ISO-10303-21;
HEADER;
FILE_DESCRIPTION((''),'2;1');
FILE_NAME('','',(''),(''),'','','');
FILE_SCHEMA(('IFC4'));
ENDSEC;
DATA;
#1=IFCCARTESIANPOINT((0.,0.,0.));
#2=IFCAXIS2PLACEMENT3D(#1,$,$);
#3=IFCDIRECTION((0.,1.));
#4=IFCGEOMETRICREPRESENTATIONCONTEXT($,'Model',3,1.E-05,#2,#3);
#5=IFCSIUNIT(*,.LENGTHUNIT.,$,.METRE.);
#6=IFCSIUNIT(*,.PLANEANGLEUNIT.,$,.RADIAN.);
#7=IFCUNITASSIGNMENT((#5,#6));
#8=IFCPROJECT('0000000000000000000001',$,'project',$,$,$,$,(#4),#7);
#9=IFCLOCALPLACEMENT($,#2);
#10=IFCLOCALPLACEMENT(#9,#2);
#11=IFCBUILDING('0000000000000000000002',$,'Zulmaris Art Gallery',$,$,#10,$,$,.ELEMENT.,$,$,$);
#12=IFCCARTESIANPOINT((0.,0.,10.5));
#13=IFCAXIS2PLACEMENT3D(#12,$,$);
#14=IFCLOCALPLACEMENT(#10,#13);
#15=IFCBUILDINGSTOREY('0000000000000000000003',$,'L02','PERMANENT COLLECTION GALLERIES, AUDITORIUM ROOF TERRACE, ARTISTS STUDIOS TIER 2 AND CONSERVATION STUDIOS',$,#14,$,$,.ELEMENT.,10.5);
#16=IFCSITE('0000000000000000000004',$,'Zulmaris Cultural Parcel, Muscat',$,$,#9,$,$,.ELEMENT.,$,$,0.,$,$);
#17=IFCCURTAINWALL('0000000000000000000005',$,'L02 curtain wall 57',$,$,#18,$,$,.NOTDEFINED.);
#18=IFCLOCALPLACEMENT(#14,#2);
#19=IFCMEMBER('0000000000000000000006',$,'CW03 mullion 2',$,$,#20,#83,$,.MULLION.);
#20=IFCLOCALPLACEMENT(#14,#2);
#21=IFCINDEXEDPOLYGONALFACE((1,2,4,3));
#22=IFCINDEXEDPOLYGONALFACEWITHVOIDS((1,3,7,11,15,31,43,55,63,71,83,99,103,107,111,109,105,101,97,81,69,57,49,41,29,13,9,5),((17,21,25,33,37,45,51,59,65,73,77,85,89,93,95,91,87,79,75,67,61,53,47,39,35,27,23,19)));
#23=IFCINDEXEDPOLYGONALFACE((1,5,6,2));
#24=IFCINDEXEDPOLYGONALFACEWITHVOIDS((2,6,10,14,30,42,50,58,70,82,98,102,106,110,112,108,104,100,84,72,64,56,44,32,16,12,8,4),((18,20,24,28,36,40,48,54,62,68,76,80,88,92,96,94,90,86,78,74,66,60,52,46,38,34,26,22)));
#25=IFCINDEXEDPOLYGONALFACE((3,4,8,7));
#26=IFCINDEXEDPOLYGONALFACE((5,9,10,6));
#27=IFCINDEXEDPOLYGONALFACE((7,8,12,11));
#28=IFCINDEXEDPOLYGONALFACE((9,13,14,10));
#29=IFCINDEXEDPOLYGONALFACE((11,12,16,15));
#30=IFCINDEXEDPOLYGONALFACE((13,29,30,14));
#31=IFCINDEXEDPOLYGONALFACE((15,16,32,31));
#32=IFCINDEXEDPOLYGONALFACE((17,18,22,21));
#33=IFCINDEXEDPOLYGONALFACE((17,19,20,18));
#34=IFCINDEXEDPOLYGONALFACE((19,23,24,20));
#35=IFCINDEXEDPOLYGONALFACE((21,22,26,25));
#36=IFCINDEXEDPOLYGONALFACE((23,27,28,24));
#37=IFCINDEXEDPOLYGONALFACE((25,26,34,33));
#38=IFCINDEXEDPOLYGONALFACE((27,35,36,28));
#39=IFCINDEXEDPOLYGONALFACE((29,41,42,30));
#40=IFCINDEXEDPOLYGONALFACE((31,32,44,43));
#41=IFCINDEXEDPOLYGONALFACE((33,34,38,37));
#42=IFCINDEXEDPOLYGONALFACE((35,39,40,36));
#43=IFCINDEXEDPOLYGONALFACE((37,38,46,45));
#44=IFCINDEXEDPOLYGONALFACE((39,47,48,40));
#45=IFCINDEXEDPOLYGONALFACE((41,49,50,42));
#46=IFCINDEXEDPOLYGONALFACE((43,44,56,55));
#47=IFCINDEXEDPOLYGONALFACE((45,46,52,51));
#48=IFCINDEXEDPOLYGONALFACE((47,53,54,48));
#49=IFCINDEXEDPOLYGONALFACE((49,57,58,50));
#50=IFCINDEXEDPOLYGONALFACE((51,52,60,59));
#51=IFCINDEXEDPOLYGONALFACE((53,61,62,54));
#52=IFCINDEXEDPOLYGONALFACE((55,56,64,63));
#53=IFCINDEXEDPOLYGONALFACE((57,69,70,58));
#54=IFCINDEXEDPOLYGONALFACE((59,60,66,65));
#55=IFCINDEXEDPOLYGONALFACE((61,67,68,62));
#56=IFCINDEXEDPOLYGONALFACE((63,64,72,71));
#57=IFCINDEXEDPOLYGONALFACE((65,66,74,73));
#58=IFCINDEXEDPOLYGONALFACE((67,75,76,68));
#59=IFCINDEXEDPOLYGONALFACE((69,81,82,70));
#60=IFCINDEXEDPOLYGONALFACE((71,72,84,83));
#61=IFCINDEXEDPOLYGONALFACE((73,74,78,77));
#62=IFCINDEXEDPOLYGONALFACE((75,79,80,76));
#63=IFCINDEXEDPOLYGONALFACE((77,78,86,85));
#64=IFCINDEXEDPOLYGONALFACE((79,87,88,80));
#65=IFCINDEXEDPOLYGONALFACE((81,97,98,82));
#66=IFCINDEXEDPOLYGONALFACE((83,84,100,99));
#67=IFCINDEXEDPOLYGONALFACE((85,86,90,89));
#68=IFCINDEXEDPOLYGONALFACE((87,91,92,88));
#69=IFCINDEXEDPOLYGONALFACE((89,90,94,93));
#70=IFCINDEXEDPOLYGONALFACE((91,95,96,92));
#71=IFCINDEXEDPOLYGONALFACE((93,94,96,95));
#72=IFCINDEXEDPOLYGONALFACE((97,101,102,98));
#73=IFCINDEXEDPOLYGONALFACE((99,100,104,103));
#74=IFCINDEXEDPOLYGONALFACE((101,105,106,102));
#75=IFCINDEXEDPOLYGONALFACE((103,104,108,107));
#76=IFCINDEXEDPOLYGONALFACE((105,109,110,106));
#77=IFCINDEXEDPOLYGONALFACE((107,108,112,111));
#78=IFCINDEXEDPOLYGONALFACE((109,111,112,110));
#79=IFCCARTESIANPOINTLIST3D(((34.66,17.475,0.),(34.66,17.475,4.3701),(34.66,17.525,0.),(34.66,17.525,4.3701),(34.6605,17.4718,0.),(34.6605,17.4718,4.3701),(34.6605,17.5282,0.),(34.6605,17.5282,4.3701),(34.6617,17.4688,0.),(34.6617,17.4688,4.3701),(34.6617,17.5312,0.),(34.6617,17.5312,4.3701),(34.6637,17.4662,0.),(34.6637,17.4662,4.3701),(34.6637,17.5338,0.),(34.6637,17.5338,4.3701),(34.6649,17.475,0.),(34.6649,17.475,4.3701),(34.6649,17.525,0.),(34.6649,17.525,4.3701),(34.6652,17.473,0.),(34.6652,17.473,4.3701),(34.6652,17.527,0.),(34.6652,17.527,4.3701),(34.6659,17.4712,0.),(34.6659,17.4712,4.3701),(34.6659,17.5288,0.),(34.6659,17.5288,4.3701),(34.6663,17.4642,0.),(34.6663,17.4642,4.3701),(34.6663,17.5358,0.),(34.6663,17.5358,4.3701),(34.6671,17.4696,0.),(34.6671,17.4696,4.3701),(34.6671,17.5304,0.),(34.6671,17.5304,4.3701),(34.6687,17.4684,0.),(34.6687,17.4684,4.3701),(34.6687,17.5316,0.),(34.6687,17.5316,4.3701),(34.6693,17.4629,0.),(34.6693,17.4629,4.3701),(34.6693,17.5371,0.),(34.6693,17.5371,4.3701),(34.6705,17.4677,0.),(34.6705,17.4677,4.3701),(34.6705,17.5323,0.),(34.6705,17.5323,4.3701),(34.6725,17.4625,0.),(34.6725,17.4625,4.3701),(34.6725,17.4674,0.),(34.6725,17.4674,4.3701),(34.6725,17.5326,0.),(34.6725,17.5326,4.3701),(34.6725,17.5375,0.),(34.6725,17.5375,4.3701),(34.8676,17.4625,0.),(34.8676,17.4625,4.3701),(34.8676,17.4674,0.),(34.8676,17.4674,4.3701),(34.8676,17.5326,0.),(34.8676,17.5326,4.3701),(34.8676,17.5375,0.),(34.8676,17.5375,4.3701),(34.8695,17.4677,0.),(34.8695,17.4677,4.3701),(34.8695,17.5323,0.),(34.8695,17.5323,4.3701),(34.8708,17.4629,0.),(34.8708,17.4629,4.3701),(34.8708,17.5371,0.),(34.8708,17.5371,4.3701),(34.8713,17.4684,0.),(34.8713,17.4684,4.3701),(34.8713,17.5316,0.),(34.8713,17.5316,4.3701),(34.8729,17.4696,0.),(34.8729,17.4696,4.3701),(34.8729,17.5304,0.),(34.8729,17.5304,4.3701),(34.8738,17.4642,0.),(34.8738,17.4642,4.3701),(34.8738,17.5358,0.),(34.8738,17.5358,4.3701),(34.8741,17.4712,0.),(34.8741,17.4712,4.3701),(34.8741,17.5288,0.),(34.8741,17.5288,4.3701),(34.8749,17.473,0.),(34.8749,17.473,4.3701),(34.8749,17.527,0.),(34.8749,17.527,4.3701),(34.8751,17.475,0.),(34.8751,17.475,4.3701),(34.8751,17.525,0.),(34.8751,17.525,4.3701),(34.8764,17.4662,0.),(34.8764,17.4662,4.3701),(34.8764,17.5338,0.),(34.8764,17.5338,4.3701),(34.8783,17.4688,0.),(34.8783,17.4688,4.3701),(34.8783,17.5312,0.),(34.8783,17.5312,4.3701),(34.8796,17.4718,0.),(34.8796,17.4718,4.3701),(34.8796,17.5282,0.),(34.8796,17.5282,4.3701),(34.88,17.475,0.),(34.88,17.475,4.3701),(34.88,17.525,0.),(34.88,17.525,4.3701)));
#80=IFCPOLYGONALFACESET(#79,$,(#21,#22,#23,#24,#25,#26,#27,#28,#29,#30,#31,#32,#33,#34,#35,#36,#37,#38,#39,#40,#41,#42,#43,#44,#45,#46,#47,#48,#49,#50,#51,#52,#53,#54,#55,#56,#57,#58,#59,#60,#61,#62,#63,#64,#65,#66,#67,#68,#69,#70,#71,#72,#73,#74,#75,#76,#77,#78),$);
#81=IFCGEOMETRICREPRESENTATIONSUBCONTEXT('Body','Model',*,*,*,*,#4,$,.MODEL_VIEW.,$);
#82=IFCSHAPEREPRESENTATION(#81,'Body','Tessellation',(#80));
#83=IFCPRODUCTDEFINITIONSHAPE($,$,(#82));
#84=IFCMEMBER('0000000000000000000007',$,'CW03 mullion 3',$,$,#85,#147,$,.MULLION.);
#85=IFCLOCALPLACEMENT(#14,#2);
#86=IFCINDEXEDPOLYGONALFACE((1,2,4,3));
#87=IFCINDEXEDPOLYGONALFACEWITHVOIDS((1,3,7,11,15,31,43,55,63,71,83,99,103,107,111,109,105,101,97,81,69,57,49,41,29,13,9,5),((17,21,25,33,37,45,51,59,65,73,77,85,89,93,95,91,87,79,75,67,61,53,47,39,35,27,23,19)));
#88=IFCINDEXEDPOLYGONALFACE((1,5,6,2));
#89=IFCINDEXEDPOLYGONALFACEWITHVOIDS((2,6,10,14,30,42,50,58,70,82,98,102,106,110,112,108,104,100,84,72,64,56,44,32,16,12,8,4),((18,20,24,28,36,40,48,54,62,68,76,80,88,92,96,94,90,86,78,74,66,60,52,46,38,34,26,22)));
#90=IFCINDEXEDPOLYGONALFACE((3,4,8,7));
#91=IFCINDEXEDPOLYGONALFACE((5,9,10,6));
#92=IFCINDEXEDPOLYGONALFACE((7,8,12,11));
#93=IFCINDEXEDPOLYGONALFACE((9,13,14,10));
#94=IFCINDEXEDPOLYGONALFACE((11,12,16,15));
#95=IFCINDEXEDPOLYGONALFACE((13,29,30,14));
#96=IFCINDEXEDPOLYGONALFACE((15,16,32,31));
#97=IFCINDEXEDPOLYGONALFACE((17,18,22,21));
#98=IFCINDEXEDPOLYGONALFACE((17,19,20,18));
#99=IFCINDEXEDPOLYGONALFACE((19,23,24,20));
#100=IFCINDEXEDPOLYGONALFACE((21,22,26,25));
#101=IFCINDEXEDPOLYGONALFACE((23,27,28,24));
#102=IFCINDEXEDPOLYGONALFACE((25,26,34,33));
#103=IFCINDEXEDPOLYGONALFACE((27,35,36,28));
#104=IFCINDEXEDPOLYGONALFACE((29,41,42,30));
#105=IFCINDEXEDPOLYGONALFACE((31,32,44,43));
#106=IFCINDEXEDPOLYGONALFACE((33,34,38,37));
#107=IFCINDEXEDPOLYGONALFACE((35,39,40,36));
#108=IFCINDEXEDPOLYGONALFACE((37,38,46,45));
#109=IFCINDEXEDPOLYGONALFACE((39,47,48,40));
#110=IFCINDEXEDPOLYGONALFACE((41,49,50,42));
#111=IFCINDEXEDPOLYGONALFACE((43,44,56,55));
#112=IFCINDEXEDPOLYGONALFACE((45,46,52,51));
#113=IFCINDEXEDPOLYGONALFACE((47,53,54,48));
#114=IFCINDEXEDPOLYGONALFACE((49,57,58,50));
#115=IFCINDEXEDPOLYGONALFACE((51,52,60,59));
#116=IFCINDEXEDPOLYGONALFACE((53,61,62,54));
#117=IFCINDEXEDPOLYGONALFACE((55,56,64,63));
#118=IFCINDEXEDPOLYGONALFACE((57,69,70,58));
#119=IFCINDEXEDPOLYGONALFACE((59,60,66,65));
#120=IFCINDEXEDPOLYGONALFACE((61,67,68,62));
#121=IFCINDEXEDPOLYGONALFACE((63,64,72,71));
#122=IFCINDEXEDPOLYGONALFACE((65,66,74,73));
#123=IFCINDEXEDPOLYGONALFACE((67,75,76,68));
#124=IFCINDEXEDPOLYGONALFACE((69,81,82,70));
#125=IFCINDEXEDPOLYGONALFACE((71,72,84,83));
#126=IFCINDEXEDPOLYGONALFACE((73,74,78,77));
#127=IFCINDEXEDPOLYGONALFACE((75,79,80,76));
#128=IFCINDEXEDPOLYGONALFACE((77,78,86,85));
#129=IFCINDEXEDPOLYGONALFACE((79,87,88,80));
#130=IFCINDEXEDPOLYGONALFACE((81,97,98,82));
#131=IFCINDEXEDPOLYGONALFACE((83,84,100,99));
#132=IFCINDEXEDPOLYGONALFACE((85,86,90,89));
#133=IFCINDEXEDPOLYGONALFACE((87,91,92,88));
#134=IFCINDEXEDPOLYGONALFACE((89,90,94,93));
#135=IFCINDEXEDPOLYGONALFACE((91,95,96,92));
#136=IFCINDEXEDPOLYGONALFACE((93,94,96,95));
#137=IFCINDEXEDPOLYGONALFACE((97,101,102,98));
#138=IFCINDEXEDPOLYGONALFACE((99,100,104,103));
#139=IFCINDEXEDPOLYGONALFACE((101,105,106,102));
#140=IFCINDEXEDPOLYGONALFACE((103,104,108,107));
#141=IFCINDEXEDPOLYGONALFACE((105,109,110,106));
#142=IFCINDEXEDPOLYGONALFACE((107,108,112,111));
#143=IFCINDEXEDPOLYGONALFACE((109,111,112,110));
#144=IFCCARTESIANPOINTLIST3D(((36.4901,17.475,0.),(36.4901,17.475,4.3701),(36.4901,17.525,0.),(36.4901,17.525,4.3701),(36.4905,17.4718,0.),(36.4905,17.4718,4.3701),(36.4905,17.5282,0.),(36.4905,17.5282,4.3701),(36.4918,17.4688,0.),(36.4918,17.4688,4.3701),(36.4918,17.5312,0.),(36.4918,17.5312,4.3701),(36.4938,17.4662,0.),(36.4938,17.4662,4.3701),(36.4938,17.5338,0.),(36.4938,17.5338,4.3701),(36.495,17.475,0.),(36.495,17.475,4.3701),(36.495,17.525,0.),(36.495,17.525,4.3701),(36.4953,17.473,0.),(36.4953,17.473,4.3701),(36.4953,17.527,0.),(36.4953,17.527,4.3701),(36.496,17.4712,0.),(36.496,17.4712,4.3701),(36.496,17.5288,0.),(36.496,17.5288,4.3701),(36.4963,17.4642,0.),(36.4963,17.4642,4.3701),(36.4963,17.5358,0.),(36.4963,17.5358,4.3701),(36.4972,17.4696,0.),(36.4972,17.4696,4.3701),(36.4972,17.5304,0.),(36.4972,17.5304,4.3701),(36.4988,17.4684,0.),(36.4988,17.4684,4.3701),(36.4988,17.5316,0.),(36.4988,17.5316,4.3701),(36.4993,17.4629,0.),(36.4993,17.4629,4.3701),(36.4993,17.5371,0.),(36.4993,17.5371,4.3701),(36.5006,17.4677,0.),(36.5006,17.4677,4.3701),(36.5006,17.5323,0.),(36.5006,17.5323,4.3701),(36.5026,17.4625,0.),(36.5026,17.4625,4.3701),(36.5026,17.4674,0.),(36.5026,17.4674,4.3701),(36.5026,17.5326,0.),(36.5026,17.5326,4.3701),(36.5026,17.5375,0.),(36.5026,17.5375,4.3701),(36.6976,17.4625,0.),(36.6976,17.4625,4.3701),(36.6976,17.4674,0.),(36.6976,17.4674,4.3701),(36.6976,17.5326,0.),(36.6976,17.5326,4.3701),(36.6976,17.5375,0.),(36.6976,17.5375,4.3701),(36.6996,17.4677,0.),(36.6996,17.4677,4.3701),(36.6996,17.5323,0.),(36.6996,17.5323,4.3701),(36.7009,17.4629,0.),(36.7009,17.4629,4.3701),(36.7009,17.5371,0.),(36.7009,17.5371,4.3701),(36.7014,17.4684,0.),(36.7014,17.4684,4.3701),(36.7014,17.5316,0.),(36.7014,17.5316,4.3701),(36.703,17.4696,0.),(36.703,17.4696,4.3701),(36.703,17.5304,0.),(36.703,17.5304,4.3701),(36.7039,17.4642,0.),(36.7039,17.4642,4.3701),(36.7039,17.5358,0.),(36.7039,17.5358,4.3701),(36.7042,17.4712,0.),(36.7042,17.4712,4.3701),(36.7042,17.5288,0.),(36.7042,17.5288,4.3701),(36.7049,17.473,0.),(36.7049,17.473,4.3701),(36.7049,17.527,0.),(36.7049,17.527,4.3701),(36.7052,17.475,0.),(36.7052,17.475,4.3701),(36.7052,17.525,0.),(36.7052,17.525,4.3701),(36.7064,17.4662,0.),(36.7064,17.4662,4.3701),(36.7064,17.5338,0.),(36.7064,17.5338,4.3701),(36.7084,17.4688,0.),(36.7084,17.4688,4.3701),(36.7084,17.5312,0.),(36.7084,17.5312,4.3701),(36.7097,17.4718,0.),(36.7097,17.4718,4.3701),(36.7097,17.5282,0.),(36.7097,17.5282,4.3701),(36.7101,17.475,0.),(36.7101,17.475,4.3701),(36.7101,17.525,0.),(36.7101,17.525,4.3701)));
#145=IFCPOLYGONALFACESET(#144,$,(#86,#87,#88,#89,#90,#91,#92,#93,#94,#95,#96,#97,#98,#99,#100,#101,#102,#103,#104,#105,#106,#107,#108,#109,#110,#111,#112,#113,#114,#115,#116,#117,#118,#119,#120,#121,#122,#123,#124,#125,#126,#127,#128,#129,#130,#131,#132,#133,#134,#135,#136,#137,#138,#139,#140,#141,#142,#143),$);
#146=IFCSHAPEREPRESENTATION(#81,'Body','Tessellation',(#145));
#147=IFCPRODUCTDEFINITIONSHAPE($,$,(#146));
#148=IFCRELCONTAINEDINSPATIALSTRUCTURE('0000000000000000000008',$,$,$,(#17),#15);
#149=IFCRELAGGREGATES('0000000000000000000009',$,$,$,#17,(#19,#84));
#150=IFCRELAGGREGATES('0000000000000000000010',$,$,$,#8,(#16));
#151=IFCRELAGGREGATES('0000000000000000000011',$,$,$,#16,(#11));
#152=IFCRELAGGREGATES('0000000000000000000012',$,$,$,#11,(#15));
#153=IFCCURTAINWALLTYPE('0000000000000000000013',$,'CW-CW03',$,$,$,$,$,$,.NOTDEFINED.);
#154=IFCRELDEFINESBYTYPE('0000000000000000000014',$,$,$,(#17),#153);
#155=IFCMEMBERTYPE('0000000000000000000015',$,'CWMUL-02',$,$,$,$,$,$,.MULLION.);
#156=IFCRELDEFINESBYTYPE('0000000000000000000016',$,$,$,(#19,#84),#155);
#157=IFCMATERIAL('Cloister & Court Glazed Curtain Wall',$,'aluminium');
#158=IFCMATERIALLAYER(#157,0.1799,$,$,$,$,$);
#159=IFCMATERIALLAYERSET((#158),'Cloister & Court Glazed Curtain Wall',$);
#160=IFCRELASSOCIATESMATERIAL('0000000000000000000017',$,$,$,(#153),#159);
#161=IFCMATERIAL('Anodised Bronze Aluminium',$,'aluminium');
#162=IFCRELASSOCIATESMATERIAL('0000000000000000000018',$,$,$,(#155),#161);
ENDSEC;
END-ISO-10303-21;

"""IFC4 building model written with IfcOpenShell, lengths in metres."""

from ifc_helpers import new_model, si_unit, direction, frame, origin, origin_2d, place, context, subcontext, project, spatial, hollow_rectangle, extrude, material, layer, layer_set, material_profile, profile_set, type_object, element, aggregate, save


model = new_model("IFC4")

# Units and contexts
model_context = context("Model", 3, precision=1e-05, world=origin(), true_north=direction((0.0, 1.0)))
body_context = subcontext(model_context, "Body", "Model", "MODEL_VIEW")
ifc_project = project(units=[si_unit("LENGTHUNIT", "METRE"), si_unit("PLANEANGLEUNIT", "RADIAN")], contexts=[model_context])

# Site, building, storey
site_placement = place(None, origin())
site = spatial("IfcSite", under=ifc_project, at=site_placement, Name="Zulmaris Cultural Parcel, Muscat", CompositionType="ELEMENT", RefElevation=0.0)
building_placement = place(site_placement, origin())
building = spatial("IfcBuilding", under=site, at=building_placement, Name="Zulmaris Art Gallery", CompositionType="ELEMENT")
storey_placement = place(building_placement, frame((0.0, 0.0, 10.5)))
storey = spatial("IfcBuildingStorey", under=building, at=storey_placement, Name="L02", Description="PERMANENT COLLECTION GALLERIES, AUDITORIUM ROOF TERRACE, ARTISTS STUDIOS TIER 2 AND CONSERVATION STUDIOS", CompositionType="ELEMENT", Elevation=10.5)

# Curtain wall, members
ifc_material_1 = material(Name="Cloister & Court Glazed Curtain Wall", Category="aluminium")
ifc_layer_1 = layer(ifc_material_1, 0.1799)
ifc_layer_set_1 = layer_set([ifc_layer_1], Name="Cloister & Court Glazed Curtain Wall")
curtain_wall_type = type_object("IfcCurtainWallType", Name="CW-CW03", PredefinedType="NOTDEFINED", material=ifc_layer_set_1)
curtain_wall_placement = place(storey_placement, origin())
curtain_wall = element("IfcCurtainWall", 1, at=curtain_wall_placement, inside=storey, type_object=curtain_wall_type, Name="L02 curtain wall 57", PredefinedType="NOTDEFINED")
ifc_material_2 = material(Name="Anodised Bronze Aluminium", Category="aluminium")
ifc_material_profile_1 = material_profile(ifc_material_2, hollow_rectangle(XDim=0.075, YDim=0.22, WallThickness=0.0049, InnerFilletRadius=0.0076, OuterFilletRadius=0.0125, at=origin_2d()), Name="ALU 75x220x5")
ifc_profile_set_1 = profile_set([ifc_material_profile_1], Name="Anodised Bronze Aluminium")
member_type_1 = type_object("IfcMemberType", Name="CWMUL-02", PredefinedType="MULLION", material=ifc_profile_set_1)
member_1_placement = place(storey_placement, frame((34.77, 17.5, 0.0), z_axis=(0.0, 0.0, 1.0), x_axis=(0.0, 1.0, 0.0)))
member_1 = element("IfcMember", 2, at=member_1_placement, type_object=member_type_1, Name="CW03 mullion 2", PredefinedType="MULLION", context=body_context, shape_type="SweptSolid", body=[
    extrude(hollow_rectangle(XDim=0.075, YDim=0.22, WallThickness=0.0049, InnerFilletRadius=0.0076, OuterFilletRadius=0.0125, at=origin_2d()), origin(), (0.0, 0.0, 1.0), 4.3701),
])
member_2_placement = place(storey_placement, frame((36.6001, 17.5, 0.0), z_axis=(0.0, 0.0, 1.0), x_axis=(0.0, 1.0, 0.0)))
member_2 = element("IfcMember", 3, at=member_2_placement, type_object=member_type_1, Name="CW03 mullion 3", PredefinedType="MULLION", context=body_context, shape_type="SweptSolid", body=[
    extrude(hollow_rectangle(XDim=0.075, YDim=0.22, WallThickness=0.0049, InnerFilletRadius=0.0076, OuterFilletRadius=0.0125, at=origin_2d()), origin(), (0.0, 0.0, 1.0), 4.3701),
])
aggregate(curtain_wall, [member_1, member_2])

save(model, "model.ifc")
